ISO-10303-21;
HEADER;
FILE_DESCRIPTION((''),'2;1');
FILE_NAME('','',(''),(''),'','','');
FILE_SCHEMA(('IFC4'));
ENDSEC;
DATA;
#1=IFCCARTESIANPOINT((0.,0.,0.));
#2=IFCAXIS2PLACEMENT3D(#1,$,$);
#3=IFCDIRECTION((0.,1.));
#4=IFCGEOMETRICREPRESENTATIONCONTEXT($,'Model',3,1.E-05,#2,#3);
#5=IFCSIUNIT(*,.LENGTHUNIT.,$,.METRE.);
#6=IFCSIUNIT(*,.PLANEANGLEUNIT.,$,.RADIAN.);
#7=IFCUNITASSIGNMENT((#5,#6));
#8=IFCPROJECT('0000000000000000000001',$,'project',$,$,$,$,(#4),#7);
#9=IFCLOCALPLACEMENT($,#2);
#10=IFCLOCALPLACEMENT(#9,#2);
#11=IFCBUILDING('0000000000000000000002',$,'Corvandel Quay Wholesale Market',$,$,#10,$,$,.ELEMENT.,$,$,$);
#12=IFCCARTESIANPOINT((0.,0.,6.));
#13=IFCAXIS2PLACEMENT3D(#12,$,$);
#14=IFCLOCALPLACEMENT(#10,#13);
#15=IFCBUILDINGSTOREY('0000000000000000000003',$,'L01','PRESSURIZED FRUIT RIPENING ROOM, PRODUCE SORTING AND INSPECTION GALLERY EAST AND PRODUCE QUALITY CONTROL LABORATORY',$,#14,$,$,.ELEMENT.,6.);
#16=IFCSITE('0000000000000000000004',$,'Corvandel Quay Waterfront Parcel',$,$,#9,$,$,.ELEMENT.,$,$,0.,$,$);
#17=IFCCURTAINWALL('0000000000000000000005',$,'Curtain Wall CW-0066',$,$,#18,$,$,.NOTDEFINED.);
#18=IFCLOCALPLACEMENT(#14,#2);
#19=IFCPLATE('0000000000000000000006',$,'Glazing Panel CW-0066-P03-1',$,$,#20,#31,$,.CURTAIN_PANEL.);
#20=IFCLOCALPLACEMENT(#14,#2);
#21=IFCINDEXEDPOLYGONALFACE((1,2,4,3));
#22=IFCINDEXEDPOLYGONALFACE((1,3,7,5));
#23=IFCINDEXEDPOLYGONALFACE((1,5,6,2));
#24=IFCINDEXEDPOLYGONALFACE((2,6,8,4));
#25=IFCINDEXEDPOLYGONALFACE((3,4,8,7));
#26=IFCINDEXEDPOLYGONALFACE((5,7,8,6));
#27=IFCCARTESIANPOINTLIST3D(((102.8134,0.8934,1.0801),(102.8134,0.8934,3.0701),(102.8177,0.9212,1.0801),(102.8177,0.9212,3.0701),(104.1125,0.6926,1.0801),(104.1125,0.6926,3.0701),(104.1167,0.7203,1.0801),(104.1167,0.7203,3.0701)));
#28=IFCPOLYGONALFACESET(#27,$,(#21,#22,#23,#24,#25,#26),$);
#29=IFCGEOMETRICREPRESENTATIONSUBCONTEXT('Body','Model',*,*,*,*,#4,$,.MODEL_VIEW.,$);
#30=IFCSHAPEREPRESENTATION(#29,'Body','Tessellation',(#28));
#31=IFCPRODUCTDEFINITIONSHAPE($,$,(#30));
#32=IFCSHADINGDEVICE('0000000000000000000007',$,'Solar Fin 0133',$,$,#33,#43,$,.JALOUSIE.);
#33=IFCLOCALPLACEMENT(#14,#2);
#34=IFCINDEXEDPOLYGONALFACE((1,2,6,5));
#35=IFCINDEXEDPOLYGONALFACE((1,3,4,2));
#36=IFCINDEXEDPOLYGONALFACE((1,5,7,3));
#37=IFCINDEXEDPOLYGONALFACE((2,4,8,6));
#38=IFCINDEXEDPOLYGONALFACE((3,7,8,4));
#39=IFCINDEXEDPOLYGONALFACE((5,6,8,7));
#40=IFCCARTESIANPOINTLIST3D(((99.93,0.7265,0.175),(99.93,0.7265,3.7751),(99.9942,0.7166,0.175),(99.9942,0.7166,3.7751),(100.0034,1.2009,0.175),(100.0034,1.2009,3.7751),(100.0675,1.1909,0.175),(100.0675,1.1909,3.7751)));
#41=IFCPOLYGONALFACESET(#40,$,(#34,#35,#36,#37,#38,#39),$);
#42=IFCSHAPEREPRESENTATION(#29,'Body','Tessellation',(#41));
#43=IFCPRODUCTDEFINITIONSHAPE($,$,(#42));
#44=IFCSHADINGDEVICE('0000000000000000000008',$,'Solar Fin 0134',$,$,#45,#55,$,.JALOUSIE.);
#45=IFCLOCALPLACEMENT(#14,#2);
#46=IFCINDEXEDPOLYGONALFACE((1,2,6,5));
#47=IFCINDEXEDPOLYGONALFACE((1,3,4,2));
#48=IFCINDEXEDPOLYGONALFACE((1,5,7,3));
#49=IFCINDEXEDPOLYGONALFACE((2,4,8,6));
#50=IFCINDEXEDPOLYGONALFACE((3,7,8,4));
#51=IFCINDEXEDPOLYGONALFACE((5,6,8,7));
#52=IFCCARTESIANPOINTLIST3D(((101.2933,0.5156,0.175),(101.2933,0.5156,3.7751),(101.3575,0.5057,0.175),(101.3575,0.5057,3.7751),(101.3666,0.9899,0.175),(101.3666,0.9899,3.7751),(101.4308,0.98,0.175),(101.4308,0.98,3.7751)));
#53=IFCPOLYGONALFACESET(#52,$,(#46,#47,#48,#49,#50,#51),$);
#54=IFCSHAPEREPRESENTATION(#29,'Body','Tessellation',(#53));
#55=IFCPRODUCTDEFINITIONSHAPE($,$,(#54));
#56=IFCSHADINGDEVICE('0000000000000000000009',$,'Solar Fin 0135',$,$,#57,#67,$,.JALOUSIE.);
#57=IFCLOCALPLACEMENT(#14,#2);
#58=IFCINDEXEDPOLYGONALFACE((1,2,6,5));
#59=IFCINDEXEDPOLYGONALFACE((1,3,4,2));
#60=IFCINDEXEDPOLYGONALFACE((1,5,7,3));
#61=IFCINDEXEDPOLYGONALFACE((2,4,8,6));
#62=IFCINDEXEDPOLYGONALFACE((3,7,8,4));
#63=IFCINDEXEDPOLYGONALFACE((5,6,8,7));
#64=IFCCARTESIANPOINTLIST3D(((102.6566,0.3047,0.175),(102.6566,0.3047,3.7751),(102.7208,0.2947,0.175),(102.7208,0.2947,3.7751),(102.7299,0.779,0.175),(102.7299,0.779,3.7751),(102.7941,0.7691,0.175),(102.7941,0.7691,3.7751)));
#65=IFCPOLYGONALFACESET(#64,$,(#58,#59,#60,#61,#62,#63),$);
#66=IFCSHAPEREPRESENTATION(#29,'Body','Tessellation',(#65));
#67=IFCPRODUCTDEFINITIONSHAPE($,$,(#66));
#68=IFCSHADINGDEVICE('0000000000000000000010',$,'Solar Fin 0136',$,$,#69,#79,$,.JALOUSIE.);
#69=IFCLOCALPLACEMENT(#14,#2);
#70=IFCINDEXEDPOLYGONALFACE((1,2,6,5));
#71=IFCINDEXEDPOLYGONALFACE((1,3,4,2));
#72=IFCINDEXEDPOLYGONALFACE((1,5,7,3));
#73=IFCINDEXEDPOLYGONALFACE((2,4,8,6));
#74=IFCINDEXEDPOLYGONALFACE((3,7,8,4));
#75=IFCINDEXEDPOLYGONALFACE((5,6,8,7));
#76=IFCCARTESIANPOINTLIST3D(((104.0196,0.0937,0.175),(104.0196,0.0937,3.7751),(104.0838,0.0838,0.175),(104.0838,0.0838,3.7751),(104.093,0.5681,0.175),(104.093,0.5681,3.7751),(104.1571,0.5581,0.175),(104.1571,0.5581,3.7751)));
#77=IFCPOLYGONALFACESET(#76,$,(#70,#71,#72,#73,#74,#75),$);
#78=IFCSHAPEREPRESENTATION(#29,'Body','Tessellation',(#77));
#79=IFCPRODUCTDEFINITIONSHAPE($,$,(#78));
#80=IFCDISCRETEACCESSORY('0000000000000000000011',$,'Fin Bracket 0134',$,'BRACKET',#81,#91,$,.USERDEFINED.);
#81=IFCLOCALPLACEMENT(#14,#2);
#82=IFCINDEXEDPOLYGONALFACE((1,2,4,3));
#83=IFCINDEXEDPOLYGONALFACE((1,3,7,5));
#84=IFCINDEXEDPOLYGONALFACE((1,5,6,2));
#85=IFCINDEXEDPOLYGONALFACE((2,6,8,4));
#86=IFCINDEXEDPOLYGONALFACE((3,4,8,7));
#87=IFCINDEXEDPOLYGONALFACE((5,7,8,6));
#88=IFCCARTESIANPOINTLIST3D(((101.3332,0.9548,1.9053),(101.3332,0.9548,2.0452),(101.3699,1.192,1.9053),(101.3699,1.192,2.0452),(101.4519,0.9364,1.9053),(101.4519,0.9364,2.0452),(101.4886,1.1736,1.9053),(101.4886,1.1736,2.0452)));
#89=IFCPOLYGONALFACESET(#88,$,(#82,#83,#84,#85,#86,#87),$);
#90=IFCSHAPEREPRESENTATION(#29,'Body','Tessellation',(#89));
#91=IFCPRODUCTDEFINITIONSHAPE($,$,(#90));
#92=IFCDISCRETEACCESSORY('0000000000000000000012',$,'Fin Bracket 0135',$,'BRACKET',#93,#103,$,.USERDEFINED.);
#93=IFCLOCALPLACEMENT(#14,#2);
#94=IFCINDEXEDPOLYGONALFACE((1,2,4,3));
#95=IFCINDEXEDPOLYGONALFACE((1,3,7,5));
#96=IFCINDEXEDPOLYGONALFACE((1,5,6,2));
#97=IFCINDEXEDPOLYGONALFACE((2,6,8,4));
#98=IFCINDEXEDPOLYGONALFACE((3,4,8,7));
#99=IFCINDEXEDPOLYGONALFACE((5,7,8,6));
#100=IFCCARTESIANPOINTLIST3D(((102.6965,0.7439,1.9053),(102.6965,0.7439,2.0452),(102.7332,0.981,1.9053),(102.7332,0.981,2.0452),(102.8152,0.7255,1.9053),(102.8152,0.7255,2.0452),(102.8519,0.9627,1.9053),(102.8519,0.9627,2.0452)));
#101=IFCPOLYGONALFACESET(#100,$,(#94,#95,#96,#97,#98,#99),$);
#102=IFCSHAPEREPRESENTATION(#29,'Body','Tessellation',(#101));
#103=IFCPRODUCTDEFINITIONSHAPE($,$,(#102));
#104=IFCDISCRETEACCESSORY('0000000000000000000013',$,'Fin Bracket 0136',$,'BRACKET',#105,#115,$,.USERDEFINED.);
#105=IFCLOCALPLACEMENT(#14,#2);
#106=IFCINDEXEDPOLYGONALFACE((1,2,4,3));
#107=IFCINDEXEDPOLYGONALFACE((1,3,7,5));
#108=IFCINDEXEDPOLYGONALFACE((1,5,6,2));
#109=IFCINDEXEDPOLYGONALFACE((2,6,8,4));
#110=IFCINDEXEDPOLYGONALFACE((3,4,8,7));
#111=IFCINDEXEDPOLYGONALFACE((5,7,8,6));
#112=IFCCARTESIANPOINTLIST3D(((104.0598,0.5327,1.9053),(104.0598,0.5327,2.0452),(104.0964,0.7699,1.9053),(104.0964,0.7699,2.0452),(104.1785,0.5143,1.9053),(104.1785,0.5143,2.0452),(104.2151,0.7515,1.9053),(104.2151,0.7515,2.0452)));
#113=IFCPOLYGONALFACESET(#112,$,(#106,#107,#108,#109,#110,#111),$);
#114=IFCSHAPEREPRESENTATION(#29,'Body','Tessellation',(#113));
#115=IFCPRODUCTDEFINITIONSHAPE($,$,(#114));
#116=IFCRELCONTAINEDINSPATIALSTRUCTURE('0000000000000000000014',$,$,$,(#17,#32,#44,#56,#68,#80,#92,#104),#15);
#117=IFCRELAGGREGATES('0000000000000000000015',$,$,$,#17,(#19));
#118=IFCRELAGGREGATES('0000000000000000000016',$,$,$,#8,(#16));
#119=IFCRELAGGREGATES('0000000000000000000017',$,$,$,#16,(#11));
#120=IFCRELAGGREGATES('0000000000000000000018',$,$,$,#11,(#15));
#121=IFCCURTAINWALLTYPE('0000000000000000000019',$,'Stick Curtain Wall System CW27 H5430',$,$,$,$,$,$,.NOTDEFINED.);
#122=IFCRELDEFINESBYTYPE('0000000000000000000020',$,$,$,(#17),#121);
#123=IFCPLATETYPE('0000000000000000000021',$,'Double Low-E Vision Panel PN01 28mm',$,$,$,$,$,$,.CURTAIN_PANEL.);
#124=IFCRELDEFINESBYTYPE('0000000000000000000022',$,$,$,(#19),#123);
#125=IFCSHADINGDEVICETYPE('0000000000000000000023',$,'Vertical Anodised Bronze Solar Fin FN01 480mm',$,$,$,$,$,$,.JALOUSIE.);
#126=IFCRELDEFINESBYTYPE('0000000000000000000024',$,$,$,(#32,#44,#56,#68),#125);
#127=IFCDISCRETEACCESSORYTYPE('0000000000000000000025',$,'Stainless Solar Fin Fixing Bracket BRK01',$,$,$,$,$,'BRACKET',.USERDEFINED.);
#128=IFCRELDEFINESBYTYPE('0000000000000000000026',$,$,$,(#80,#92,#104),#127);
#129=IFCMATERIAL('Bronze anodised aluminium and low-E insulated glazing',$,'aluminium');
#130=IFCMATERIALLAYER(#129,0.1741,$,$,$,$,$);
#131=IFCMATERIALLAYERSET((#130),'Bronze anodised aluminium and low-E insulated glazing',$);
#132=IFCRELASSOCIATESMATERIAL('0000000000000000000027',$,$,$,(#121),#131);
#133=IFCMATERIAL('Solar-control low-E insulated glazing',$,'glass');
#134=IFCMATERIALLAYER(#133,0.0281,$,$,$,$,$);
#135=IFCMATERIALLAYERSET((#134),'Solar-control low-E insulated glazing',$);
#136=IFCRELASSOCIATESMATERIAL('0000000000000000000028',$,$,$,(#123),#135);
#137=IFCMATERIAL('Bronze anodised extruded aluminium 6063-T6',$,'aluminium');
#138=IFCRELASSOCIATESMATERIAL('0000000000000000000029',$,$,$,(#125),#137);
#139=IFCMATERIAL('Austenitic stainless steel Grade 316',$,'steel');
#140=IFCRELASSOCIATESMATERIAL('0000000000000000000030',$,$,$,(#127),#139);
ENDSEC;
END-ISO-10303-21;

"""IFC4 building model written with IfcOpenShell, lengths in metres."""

from ifc_helpers import new_model, si_unit, direction, frame, origin, origin_2d, place, context, subcontext, project, spatial, rectangle, extrude, material, layer, layer_set, type_object, element, aggregate, save


model = new_model("IFC4")

# Units and contexts
model_context = context("Model", 3, precision=1e-05, world=origin(), true_north=direction((0.0, 1.0)))
body_context = subcontext(model_context, "Body", "Model", "MODEL_VIEW")
ifc_project = project(units=[si_unit("LENGTHUNIT", "METRE"), si_unit("PLANEANGLEUNIT", "RADIAN")], contexts=[model_context])

# Site, building, storey
site_placement = place(None, origin())
site = spatial("IfcSite", under=ifc_project, at=site_placement, Name="Corvandel Quay Waterfront Parcel", CompositionType="ELEMENT", RefElevation=0.0)
building_placement = place(site_placement, origin())
building = spatial("IfcBuilding", under=site, at=building_placement, Name="Corvandel Quay Wholesale Market", CompositionType="ELEMENT")
storey_placement = place(building_placement, frame((0.0, 0.0, 6.0)))
storey = spatial("IfcBuildingStorey", under=building, at=storey_placement, Name="L01", Description="PRESSURIZED FRUIT RIPENING ROOM, PRODUCE SORTING AND INSPECTION GALLERY EAST AND PRODUCE QUALITY CONTROL LABORATORY", CompositionType="ELEMENT", Elevation=6.0)

# Curtain wall, plate
ifc_material_1 = material(Name="Bronze anodised aluminium and low-E insulated glazing", Category="aluminium")
ifc_layer_1 = layer(ifc_material_1, 0.1741)
ifc_layer_set_1 = layer_set([ifc_layer_1], Name="Bronze anodised aluminium and low-E insulated glazing")
curtain_wall_type = type_object("IfcCurtainWallType", Name="Stick Curtain Wall System CW27 H5430", PredefinedType="NOTDEFINED", material=ifc_layer_set_1)
curtain_wall_placement = place(storey_placement, origin())
curtain_wall = element("IfcCurtainWall", 1, at=curtain_wall_placement, inside=storey, type_object=curtain_wall_type, Name="Curtain Wall CW-0066", PredefinedType="NOTDEFINED")
ifc_material_2 = material(Name="Solar-control low-E insulated glazing", Category="glass")
ifc_layer_2 = layer(ifc_material_2, 0.0281)
ifc_layer_set_2 = layer_set([ifc_layer_2], Name="Solar-control low-E insulated glazing")
plate_type_1 = type_object("IfcPlateType", Name="Double Low-E Vision Panel PN01 28mm", PredefinedType="CURTAIN_PANEL", material=ifc_layer_set_2)
plate_1_placement = place(storey_placement, frame((103.4651, 0.8069, 1.0801), z_axis=(0.0, 0.0, 1.0), x_axis=(-0.988255, 0.152813, 0.0)))
plate_1 = element("IfcPlate", 2, at=plate_1_placement, type_object=plate_type_1, Name="Glazing Panel CW-0066-P03-1", PredefinedType="CURTAIN_PANEL", context=body_context, shape_type="SweptSolid", body=[
    extrude(rectangle(XDim=1.3145, YDim=0.0281, at=origin_2d()), origin(), (0.0, 0.0, 1.0), 1.99),
])
aggregate(curtain_wall, [plate_1])

# Shading devices
ifc_material_3 = material(Name="Bronze anodised extruded aluminium 6063-T6", Category="aluminium")
shading_device_type = type_object("IfcShadingDeviceType", Name="Vertical Anodised Bronze Solar Fin FN01 480mm", PredefinedType="JALOUSIE", material=ifc_material_3)
for number, where, z_axis, x_axis, name in (
    (3, (99.9988, 0.9587, 0.175), (0.0, 0.0, 1.0), (0.152813, 0.988255, 0.0), "Solar Fin 0133"),
    (4, (101.3621, 0.7478, 0.175), (0.0, 0.0, 1.0), (0.152813, 0.988255, 0.0), "Solar Fin 0134"),
    (5, (102.7253, 0.5369, 0.175), (0.0, 0.0, 1.0), (0.152813, 0.988255, 0.0), "Solar Fin 0135"),
    (6, (104.0884, 0.3259, 0.175), (0.0, 0.0, 1.0), (0.152813, 0.988255, 0.0), "Solar Fin 0136"),
):
    element("IfcShadingDevice", number, at=place(storey_placement, frame(where, z_axis=z_axis, x_axis=x_axis)), inside=storey, type_object=shading_device_type, Name=name, PredefinedType="JALOUSIE", context=body_context, shape_type="SweptSolid", body=[
        extrude(rectangle(XDim=0.48, YDim=0.0649, at=origin_2d()), origin(), (0.0, 0.0, 1.0), 3.6001),
    ])

# Discrete accessories
ifc_material_4 = material(Name="Austenitic stainless steel Grade 316", Category="steel")
discrete_accessory_type = type_object("IfcDiscreteAccessoryType", Name="Stainless Solar Fin Fixing Bracket BRK01", ElementType="BRACKET", PredefinedType="USERDEFINED", material=ifc_material_4)
for number, where, z_axis, x_axis, name in (
    (7, (101.4109, 1.0642, 1.9053), (0.0, 0.0, 1.0), (0.152813, 0.988255, 0.0), "Fin Bracket 0134"),
    (8, (102.7742, 0.8533, 1.9053), (0.0, 0.0, 1.0), (0.152813, 0.988255, 0.0), "Fin Bracket 0135"),
    (9, (104.1375, 0.6421, 1.9053), (0.0, 0.0, 1.0), (0.152813, 0.988255, 0.0), "Fin Bracket 0136"),
):
    element("IfcDiscreteAccessory", number, at=place(storey_placement, frame(where, z_axis=z_axis, x_axis=x_axis)), inside=storey, type_object=discrete_accessory_type, Name=name, ObjectType="BRACKET", PredefinedType="USERDEFINED", context=body_context, shape_type="SweptSolid", body=[
        extrude(rectangle(XDim=0.24, YDim=0.1201, at=origin_2d()), origin(), (0.0, 0.0, 1.0), 0.1399),
    ])

save(model, "model.ifc")
